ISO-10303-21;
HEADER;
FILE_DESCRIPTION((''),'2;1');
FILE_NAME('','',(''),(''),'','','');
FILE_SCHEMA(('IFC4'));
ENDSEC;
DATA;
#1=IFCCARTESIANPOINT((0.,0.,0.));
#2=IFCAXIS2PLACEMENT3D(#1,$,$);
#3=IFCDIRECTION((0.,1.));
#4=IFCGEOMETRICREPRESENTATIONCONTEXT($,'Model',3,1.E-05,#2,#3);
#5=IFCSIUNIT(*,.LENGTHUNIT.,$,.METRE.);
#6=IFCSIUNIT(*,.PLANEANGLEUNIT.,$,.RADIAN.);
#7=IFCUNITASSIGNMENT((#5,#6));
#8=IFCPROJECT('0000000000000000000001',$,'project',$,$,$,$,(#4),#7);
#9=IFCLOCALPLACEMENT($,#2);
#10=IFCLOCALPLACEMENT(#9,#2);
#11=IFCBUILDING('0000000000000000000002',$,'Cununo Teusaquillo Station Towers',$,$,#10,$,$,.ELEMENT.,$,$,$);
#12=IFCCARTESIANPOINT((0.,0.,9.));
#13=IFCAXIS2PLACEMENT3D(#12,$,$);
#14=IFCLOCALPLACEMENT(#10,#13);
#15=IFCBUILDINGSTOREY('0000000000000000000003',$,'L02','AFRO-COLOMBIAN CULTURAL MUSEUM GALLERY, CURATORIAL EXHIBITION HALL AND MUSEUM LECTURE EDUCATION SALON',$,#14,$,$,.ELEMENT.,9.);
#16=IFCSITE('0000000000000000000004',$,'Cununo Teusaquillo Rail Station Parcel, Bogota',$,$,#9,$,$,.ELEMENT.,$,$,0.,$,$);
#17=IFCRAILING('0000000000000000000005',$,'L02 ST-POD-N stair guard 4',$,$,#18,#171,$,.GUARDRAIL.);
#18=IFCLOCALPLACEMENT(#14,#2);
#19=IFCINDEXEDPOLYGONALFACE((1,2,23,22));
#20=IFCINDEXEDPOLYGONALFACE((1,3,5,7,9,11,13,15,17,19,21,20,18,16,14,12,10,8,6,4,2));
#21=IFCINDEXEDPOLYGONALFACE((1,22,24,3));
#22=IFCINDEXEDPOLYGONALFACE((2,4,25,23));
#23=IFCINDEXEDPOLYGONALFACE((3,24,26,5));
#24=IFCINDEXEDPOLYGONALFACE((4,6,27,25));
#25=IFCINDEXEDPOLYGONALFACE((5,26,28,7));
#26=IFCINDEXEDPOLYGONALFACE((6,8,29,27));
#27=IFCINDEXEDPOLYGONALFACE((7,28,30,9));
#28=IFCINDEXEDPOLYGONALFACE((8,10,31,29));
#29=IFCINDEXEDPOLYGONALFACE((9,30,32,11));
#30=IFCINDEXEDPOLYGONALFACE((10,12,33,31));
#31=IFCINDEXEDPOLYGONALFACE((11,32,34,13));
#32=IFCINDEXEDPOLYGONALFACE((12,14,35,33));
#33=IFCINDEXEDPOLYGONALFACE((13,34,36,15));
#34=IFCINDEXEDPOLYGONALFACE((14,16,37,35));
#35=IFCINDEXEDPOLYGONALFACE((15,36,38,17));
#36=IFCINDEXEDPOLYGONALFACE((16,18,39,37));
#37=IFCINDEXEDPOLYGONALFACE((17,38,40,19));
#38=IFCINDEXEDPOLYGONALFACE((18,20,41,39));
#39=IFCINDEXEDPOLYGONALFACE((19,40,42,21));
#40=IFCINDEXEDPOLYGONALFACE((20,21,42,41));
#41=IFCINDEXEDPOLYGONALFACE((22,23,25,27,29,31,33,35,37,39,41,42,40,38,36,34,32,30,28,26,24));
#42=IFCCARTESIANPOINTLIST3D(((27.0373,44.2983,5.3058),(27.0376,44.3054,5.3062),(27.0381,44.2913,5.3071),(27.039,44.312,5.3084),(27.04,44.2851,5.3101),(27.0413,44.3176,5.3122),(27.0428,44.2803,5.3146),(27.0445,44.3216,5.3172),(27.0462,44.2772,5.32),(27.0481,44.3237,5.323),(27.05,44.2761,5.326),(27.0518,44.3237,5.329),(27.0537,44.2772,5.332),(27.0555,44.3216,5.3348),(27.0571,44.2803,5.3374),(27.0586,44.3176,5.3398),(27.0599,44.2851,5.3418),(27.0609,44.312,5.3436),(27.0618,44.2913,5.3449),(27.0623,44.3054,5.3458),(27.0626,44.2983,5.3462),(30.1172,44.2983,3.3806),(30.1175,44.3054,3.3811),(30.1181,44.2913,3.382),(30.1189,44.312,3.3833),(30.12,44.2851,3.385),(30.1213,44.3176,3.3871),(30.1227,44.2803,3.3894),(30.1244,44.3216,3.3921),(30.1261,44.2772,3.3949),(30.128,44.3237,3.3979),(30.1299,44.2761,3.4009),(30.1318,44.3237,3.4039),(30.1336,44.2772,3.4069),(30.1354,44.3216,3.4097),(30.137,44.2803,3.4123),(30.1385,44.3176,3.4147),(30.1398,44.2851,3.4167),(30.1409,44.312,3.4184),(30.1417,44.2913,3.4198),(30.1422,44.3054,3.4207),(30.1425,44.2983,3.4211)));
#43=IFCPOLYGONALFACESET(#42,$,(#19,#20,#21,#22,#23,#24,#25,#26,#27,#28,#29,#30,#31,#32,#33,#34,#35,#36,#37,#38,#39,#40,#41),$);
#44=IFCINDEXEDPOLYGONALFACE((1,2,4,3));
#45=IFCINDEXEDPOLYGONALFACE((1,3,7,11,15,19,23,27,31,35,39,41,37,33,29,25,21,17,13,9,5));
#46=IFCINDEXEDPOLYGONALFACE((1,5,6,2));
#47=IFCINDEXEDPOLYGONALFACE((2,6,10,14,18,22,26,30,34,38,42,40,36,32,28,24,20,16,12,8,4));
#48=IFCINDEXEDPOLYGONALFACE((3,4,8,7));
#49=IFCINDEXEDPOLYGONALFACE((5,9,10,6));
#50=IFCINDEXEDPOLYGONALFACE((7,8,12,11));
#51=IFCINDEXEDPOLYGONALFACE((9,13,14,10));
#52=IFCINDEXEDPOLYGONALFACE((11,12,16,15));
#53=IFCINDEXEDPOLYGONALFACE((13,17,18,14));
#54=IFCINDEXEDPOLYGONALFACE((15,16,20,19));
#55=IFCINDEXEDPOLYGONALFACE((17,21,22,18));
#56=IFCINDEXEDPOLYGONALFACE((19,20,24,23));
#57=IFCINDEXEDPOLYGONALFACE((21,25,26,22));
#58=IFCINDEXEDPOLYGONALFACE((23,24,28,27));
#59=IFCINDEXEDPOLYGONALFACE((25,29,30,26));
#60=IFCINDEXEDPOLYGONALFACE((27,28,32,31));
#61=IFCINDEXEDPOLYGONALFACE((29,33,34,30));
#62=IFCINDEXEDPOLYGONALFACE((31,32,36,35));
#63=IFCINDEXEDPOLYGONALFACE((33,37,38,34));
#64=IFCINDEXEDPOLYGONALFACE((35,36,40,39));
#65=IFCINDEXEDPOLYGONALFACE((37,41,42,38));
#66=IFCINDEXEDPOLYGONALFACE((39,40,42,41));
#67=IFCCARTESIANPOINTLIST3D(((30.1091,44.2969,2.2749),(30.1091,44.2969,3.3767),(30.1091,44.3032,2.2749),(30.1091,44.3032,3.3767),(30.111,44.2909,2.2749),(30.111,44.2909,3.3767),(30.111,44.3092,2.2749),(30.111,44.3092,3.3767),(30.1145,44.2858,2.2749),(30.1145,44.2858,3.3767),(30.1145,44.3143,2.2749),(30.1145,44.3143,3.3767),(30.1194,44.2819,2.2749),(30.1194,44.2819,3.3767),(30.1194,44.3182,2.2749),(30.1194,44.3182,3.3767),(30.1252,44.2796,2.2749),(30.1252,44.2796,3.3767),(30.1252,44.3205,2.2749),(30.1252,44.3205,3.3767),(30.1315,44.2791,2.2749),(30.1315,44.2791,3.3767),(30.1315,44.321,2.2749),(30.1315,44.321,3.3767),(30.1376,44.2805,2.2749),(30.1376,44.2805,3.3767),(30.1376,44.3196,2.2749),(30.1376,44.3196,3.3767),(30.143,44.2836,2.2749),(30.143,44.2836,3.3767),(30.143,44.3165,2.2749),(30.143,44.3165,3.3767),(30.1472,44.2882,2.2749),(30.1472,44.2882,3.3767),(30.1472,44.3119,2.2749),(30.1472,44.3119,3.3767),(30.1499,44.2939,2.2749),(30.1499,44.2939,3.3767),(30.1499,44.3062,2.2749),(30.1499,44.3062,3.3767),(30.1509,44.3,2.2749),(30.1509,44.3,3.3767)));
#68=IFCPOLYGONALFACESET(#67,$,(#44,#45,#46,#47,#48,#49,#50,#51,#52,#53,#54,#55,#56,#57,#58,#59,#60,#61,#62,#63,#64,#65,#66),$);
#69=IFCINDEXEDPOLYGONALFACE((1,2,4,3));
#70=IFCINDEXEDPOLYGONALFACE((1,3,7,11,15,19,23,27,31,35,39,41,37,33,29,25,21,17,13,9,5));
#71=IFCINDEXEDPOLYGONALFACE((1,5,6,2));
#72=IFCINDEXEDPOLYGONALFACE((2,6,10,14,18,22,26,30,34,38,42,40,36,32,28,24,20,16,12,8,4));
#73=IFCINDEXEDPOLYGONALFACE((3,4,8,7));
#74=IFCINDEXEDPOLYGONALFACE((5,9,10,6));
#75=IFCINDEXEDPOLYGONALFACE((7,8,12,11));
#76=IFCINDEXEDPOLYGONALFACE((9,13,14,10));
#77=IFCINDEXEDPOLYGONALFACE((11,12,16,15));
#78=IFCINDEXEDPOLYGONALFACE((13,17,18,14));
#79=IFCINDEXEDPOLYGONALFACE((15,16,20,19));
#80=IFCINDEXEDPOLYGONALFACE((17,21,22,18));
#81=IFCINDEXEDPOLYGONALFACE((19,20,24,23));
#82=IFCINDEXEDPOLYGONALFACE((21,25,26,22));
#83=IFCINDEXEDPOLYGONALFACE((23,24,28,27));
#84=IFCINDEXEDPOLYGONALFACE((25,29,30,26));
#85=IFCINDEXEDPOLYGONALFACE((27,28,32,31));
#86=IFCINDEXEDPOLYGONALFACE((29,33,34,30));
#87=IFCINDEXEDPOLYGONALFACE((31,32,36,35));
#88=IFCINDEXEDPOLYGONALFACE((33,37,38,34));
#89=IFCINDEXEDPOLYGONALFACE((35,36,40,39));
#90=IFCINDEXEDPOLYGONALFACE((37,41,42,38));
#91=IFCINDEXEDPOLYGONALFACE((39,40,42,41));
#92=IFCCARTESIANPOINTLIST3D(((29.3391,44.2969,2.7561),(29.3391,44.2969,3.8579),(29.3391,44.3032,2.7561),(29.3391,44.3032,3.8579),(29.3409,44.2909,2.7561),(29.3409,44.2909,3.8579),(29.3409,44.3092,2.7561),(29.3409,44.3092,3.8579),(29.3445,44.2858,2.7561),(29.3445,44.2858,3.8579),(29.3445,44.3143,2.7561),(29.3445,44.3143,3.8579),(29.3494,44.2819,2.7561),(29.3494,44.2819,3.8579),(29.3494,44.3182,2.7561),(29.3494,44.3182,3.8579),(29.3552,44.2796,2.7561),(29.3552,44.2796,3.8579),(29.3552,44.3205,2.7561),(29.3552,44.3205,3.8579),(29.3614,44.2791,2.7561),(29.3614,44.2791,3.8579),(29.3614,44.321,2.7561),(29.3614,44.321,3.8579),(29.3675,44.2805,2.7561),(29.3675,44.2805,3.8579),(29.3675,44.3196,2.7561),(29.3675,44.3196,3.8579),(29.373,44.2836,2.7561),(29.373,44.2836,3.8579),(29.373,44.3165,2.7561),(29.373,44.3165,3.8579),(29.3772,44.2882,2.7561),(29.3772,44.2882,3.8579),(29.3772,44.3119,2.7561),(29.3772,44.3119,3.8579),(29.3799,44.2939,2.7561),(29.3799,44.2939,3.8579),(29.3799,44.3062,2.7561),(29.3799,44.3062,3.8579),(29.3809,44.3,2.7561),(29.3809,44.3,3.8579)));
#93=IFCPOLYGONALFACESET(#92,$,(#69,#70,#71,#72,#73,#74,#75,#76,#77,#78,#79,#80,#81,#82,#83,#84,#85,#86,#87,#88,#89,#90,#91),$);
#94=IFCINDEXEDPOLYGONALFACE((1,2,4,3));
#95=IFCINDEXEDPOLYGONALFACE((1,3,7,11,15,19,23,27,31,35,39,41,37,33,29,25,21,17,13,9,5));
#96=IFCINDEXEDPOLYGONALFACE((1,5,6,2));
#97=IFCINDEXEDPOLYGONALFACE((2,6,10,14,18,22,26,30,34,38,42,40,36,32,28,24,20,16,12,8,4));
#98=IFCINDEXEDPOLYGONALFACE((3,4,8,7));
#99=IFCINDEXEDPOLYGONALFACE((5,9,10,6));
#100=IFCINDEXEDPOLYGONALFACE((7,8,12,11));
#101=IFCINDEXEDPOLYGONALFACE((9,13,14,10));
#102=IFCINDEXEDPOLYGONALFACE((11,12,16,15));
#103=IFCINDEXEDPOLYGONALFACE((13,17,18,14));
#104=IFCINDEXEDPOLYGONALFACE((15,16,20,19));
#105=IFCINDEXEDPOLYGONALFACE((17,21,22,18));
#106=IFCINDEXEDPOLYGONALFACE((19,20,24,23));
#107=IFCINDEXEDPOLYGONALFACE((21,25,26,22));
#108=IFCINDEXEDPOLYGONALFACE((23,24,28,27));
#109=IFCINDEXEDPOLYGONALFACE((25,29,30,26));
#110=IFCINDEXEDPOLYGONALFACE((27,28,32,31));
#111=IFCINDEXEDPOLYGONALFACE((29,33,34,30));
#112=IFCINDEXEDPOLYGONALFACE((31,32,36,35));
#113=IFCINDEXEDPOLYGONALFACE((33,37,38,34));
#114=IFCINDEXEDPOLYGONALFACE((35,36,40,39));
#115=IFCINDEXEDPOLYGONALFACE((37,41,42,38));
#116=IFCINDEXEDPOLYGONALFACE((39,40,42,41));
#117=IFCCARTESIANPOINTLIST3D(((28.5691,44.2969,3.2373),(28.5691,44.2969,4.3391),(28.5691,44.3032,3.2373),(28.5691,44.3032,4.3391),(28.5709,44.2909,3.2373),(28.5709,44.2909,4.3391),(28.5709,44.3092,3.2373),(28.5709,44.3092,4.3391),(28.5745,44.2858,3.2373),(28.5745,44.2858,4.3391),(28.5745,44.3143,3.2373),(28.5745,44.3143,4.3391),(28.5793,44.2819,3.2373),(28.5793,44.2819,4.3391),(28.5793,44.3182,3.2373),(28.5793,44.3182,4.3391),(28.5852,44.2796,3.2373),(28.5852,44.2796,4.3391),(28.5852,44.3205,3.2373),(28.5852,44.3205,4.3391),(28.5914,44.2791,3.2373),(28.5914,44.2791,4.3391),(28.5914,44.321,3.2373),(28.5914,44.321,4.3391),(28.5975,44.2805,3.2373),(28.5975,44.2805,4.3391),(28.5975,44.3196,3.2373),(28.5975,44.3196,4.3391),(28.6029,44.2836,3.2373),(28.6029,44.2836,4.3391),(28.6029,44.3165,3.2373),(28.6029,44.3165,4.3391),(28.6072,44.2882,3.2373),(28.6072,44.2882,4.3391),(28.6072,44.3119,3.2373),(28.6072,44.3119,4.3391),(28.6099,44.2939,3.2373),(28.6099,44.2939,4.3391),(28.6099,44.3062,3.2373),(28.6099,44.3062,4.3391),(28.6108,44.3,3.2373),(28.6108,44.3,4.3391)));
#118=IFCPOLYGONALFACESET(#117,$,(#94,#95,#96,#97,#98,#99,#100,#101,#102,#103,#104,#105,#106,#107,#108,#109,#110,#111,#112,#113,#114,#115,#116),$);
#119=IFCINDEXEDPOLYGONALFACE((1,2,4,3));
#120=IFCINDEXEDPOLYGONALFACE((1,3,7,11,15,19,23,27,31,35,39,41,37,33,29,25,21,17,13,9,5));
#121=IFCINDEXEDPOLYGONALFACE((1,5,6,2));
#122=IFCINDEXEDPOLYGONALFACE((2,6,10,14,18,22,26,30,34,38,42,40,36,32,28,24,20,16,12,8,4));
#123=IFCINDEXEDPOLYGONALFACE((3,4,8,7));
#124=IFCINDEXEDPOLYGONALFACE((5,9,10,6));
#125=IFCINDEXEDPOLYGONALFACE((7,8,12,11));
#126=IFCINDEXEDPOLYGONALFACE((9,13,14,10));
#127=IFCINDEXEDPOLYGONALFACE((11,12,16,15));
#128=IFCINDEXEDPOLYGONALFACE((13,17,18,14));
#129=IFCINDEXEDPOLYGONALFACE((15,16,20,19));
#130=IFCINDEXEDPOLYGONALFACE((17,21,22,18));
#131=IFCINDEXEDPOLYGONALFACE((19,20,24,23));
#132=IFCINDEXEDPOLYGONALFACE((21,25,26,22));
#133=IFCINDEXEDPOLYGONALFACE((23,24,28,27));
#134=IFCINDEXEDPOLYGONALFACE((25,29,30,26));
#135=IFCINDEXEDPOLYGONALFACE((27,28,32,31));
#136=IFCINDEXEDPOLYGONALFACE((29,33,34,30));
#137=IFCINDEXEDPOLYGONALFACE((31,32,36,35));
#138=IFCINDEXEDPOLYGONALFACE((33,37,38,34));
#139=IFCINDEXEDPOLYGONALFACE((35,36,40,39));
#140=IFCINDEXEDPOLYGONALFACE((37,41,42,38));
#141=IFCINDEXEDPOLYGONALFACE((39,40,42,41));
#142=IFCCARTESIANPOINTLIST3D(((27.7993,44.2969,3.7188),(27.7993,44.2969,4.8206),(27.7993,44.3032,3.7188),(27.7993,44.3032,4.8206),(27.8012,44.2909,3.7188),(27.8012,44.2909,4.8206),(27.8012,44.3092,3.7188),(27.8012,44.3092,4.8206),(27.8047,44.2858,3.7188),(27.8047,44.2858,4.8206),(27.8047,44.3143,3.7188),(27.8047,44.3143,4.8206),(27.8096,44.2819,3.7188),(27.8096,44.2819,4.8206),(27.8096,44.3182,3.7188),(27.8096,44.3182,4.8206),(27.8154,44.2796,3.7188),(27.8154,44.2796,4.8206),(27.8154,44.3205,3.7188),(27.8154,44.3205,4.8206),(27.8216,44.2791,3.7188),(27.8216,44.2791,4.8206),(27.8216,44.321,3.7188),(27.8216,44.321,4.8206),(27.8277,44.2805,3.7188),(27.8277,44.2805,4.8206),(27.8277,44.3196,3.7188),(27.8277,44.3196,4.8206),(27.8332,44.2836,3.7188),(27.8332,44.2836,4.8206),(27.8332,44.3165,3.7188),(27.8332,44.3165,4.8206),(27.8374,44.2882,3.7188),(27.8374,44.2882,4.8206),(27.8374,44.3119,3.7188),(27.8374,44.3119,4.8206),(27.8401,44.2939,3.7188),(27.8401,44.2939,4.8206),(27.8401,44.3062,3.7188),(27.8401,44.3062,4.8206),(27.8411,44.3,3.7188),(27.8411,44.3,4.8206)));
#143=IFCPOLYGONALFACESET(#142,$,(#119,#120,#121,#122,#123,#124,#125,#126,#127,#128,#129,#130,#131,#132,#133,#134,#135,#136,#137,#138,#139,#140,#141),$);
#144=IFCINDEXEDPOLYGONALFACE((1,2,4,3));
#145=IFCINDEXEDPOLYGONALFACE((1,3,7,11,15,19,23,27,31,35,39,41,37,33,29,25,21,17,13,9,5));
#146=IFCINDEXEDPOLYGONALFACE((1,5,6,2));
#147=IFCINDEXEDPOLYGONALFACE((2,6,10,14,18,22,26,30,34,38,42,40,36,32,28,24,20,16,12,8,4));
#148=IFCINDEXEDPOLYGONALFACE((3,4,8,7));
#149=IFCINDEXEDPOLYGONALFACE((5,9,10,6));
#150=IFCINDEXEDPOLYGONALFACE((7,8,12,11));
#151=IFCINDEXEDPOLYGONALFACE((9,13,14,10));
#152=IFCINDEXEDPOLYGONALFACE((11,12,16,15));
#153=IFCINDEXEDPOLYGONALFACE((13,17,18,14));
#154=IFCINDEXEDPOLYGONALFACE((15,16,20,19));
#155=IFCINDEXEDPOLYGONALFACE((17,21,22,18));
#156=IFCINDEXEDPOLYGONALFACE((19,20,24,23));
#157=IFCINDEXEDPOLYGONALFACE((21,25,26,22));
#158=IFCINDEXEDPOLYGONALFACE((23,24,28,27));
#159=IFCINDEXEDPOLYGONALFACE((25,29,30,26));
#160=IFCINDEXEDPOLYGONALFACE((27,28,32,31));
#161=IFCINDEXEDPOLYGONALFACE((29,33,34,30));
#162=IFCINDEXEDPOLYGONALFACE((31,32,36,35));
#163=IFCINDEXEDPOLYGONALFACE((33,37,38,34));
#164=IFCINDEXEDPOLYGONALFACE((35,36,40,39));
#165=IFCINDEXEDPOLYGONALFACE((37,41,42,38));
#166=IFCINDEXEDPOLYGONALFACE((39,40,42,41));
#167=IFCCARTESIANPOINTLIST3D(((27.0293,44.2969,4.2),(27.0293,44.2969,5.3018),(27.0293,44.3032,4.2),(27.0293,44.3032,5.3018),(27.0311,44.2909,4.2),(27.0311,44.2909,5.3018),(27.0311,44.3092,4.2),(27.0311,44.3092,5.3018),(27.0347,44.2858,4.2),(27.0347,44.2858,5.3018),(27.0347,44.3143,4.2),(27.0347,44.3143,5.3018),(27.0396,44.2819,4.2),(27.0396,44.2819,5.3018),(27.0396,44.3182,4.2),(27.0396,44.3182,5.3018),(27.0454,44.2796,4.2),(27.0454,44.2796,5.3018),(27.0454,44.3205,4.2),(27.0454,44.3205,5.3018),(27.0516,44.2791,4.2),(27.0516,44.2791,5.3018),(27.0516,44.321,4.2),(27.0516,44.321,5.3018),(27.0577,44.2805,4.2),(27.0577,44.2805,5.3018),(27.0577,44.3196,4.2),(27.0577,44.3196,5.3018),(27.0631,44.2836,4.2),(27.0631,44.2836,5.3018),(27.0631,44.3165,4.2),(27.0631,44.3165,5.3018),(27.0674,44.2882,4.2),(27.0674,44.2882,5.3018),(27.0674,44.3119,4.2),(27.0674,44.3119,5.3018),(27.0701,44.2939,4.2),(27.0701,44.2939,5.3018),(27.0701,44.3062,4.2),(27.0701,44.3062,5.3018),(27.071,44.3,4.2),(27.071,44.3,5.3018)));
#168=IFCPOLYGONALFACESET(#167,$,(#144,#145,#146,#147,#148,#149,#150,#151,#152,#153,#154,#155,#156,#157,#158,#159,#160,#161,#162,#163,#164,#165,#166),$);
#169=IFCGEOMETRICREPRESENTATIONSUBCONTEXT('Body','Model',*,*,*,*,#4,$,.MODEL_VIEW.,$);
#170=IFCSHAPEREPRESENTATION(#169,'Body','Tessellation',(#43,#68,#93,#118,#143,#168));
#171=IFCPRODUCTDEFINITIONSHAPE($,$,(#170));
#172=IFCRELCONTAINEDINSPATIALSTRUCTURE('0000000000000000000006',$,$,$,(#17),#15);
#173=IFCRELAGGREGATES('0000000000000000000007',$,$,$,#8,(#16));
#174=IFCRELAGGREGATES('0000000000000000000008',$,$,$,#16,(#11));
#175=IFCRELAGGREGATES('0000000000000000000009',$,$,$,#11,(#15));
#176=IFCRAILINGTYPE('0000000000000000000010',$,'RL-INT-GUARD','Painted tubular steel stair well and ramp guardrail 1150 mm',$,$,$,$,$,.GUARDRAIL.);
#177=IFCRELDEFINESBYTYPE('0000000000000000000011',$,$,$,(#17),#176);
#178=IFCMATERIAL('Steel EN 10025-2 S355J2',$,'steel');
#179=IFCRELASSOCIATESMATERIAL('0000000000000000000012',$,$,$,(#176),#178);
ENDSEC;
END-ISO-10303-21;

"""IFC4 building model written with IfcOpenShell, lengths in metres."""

from ifc_helpers import new_model, si_unit, direction, frame, origin, origin_2d, place, context, subcontext, project, spatial, circle, extrude, material, type_object, element, save


model = new_model("IFC4")

# Units and contexts
model_context = context("Model", 3, precision=1e-05, world=origin(), true_north=direction((0.0, 1.0)))
body_context = subcontext(model_context, "Body", "Model", "MODEL_VIEW")
ifc_project = project(units=[si_unit("LENGTHUNIT", "METRE"), si_unit("PLANEANGLEUNIT", "RADIAN")], contexts=[model_context])

# Site, building, storey
site_placement = place(None, origin())
site = spatial("IfcSite", under=ifc_project, at=site_placement, Name="Cununo Teusaquillo Rail Station Parcel, Bogota", CompositionType="ELEMENT", RefElevation=0.0)
building_placement = place(site_placement, origin())
building = spatial("IfcBuilding", under=site, at=building_placement, Name="Cununo Teusaquillo Station Towers", CompositionType="ELEMENT")
storey_placement = place(building_placement, frame((0.0, 0.0, 9.0)))
storey = spatial("IfcBuildingStorey", under=building, at=storey_placement, Name="L02", Description="AFRO-COLOMBIAN CULTURAL MUSEUM GALLERY, CURATORIAL EXHIBITION HALL AND MUSEUM LECTURE EDUCATION SALON", CompositionType="ELEMENT", Elevation=9.0)

# Railing
ifc_material_1 = material(Name="Steel EN 10025-2 S355J2", Category="steel")
railing_type_1 = type_object("IfcRailingType", Name="RL-INT-GUARD", Description="Painted tubular steel stair well and ramp guardrail 1150 mm", PredefinedType="GUARDRAIL", material=ifc_material_1)
railing_1_placement = place(storey_placement, frame((30.1299, 44.3, 2.2749)))
element("IfcRailing", 1, at=railing_1_placement, inside=storey, type_object=railing_type_1, Name="L02 ST-POD-N stair guard 4", PredefinedType="GUARDRAIL", context=body_context, shape_type="SweptSolid", body=[
    extrude(circle(Radius=0.0239, at=origin_2d()), frame((0.0, 0.0, 1.126), z_axis=(-0.847979, 0.0, 0.530029), x_axis=(0.0, -1.0, 0.0)), (0.0, 0.0, 1.0), 3.6321),
    extrude(circle(Radius=0.021, at=origin_2d()), origin(), (0.0, 0.0, 1.0), 1.1018),
    extrude(circle(Radius=0.021, at=origin_2d()), frame((-0.77, 0.0, 0.4812)), (0.0, 0.0, 1.0), 1.1018),
    extrude(circle(Radius=0.021, at=origin_2d()), frame((-1.54, 0.0, 0.9624)), (0.0, 0.0, 1.0), 1.1018),
    extrude(circle(Radius=0.021, at=origin_2d()), frame((-2.3098, 0.0, 1.4438)), (0.0, 0.0, 1.0), 1.1018),
    extrude(circle(Radius=0.021, at=origin_2d()), frame((-3.0798, 0.0, 1.925)), (0.0, 0.0, 1.0), 1.1018),
])

save(model, "model.ifc")
